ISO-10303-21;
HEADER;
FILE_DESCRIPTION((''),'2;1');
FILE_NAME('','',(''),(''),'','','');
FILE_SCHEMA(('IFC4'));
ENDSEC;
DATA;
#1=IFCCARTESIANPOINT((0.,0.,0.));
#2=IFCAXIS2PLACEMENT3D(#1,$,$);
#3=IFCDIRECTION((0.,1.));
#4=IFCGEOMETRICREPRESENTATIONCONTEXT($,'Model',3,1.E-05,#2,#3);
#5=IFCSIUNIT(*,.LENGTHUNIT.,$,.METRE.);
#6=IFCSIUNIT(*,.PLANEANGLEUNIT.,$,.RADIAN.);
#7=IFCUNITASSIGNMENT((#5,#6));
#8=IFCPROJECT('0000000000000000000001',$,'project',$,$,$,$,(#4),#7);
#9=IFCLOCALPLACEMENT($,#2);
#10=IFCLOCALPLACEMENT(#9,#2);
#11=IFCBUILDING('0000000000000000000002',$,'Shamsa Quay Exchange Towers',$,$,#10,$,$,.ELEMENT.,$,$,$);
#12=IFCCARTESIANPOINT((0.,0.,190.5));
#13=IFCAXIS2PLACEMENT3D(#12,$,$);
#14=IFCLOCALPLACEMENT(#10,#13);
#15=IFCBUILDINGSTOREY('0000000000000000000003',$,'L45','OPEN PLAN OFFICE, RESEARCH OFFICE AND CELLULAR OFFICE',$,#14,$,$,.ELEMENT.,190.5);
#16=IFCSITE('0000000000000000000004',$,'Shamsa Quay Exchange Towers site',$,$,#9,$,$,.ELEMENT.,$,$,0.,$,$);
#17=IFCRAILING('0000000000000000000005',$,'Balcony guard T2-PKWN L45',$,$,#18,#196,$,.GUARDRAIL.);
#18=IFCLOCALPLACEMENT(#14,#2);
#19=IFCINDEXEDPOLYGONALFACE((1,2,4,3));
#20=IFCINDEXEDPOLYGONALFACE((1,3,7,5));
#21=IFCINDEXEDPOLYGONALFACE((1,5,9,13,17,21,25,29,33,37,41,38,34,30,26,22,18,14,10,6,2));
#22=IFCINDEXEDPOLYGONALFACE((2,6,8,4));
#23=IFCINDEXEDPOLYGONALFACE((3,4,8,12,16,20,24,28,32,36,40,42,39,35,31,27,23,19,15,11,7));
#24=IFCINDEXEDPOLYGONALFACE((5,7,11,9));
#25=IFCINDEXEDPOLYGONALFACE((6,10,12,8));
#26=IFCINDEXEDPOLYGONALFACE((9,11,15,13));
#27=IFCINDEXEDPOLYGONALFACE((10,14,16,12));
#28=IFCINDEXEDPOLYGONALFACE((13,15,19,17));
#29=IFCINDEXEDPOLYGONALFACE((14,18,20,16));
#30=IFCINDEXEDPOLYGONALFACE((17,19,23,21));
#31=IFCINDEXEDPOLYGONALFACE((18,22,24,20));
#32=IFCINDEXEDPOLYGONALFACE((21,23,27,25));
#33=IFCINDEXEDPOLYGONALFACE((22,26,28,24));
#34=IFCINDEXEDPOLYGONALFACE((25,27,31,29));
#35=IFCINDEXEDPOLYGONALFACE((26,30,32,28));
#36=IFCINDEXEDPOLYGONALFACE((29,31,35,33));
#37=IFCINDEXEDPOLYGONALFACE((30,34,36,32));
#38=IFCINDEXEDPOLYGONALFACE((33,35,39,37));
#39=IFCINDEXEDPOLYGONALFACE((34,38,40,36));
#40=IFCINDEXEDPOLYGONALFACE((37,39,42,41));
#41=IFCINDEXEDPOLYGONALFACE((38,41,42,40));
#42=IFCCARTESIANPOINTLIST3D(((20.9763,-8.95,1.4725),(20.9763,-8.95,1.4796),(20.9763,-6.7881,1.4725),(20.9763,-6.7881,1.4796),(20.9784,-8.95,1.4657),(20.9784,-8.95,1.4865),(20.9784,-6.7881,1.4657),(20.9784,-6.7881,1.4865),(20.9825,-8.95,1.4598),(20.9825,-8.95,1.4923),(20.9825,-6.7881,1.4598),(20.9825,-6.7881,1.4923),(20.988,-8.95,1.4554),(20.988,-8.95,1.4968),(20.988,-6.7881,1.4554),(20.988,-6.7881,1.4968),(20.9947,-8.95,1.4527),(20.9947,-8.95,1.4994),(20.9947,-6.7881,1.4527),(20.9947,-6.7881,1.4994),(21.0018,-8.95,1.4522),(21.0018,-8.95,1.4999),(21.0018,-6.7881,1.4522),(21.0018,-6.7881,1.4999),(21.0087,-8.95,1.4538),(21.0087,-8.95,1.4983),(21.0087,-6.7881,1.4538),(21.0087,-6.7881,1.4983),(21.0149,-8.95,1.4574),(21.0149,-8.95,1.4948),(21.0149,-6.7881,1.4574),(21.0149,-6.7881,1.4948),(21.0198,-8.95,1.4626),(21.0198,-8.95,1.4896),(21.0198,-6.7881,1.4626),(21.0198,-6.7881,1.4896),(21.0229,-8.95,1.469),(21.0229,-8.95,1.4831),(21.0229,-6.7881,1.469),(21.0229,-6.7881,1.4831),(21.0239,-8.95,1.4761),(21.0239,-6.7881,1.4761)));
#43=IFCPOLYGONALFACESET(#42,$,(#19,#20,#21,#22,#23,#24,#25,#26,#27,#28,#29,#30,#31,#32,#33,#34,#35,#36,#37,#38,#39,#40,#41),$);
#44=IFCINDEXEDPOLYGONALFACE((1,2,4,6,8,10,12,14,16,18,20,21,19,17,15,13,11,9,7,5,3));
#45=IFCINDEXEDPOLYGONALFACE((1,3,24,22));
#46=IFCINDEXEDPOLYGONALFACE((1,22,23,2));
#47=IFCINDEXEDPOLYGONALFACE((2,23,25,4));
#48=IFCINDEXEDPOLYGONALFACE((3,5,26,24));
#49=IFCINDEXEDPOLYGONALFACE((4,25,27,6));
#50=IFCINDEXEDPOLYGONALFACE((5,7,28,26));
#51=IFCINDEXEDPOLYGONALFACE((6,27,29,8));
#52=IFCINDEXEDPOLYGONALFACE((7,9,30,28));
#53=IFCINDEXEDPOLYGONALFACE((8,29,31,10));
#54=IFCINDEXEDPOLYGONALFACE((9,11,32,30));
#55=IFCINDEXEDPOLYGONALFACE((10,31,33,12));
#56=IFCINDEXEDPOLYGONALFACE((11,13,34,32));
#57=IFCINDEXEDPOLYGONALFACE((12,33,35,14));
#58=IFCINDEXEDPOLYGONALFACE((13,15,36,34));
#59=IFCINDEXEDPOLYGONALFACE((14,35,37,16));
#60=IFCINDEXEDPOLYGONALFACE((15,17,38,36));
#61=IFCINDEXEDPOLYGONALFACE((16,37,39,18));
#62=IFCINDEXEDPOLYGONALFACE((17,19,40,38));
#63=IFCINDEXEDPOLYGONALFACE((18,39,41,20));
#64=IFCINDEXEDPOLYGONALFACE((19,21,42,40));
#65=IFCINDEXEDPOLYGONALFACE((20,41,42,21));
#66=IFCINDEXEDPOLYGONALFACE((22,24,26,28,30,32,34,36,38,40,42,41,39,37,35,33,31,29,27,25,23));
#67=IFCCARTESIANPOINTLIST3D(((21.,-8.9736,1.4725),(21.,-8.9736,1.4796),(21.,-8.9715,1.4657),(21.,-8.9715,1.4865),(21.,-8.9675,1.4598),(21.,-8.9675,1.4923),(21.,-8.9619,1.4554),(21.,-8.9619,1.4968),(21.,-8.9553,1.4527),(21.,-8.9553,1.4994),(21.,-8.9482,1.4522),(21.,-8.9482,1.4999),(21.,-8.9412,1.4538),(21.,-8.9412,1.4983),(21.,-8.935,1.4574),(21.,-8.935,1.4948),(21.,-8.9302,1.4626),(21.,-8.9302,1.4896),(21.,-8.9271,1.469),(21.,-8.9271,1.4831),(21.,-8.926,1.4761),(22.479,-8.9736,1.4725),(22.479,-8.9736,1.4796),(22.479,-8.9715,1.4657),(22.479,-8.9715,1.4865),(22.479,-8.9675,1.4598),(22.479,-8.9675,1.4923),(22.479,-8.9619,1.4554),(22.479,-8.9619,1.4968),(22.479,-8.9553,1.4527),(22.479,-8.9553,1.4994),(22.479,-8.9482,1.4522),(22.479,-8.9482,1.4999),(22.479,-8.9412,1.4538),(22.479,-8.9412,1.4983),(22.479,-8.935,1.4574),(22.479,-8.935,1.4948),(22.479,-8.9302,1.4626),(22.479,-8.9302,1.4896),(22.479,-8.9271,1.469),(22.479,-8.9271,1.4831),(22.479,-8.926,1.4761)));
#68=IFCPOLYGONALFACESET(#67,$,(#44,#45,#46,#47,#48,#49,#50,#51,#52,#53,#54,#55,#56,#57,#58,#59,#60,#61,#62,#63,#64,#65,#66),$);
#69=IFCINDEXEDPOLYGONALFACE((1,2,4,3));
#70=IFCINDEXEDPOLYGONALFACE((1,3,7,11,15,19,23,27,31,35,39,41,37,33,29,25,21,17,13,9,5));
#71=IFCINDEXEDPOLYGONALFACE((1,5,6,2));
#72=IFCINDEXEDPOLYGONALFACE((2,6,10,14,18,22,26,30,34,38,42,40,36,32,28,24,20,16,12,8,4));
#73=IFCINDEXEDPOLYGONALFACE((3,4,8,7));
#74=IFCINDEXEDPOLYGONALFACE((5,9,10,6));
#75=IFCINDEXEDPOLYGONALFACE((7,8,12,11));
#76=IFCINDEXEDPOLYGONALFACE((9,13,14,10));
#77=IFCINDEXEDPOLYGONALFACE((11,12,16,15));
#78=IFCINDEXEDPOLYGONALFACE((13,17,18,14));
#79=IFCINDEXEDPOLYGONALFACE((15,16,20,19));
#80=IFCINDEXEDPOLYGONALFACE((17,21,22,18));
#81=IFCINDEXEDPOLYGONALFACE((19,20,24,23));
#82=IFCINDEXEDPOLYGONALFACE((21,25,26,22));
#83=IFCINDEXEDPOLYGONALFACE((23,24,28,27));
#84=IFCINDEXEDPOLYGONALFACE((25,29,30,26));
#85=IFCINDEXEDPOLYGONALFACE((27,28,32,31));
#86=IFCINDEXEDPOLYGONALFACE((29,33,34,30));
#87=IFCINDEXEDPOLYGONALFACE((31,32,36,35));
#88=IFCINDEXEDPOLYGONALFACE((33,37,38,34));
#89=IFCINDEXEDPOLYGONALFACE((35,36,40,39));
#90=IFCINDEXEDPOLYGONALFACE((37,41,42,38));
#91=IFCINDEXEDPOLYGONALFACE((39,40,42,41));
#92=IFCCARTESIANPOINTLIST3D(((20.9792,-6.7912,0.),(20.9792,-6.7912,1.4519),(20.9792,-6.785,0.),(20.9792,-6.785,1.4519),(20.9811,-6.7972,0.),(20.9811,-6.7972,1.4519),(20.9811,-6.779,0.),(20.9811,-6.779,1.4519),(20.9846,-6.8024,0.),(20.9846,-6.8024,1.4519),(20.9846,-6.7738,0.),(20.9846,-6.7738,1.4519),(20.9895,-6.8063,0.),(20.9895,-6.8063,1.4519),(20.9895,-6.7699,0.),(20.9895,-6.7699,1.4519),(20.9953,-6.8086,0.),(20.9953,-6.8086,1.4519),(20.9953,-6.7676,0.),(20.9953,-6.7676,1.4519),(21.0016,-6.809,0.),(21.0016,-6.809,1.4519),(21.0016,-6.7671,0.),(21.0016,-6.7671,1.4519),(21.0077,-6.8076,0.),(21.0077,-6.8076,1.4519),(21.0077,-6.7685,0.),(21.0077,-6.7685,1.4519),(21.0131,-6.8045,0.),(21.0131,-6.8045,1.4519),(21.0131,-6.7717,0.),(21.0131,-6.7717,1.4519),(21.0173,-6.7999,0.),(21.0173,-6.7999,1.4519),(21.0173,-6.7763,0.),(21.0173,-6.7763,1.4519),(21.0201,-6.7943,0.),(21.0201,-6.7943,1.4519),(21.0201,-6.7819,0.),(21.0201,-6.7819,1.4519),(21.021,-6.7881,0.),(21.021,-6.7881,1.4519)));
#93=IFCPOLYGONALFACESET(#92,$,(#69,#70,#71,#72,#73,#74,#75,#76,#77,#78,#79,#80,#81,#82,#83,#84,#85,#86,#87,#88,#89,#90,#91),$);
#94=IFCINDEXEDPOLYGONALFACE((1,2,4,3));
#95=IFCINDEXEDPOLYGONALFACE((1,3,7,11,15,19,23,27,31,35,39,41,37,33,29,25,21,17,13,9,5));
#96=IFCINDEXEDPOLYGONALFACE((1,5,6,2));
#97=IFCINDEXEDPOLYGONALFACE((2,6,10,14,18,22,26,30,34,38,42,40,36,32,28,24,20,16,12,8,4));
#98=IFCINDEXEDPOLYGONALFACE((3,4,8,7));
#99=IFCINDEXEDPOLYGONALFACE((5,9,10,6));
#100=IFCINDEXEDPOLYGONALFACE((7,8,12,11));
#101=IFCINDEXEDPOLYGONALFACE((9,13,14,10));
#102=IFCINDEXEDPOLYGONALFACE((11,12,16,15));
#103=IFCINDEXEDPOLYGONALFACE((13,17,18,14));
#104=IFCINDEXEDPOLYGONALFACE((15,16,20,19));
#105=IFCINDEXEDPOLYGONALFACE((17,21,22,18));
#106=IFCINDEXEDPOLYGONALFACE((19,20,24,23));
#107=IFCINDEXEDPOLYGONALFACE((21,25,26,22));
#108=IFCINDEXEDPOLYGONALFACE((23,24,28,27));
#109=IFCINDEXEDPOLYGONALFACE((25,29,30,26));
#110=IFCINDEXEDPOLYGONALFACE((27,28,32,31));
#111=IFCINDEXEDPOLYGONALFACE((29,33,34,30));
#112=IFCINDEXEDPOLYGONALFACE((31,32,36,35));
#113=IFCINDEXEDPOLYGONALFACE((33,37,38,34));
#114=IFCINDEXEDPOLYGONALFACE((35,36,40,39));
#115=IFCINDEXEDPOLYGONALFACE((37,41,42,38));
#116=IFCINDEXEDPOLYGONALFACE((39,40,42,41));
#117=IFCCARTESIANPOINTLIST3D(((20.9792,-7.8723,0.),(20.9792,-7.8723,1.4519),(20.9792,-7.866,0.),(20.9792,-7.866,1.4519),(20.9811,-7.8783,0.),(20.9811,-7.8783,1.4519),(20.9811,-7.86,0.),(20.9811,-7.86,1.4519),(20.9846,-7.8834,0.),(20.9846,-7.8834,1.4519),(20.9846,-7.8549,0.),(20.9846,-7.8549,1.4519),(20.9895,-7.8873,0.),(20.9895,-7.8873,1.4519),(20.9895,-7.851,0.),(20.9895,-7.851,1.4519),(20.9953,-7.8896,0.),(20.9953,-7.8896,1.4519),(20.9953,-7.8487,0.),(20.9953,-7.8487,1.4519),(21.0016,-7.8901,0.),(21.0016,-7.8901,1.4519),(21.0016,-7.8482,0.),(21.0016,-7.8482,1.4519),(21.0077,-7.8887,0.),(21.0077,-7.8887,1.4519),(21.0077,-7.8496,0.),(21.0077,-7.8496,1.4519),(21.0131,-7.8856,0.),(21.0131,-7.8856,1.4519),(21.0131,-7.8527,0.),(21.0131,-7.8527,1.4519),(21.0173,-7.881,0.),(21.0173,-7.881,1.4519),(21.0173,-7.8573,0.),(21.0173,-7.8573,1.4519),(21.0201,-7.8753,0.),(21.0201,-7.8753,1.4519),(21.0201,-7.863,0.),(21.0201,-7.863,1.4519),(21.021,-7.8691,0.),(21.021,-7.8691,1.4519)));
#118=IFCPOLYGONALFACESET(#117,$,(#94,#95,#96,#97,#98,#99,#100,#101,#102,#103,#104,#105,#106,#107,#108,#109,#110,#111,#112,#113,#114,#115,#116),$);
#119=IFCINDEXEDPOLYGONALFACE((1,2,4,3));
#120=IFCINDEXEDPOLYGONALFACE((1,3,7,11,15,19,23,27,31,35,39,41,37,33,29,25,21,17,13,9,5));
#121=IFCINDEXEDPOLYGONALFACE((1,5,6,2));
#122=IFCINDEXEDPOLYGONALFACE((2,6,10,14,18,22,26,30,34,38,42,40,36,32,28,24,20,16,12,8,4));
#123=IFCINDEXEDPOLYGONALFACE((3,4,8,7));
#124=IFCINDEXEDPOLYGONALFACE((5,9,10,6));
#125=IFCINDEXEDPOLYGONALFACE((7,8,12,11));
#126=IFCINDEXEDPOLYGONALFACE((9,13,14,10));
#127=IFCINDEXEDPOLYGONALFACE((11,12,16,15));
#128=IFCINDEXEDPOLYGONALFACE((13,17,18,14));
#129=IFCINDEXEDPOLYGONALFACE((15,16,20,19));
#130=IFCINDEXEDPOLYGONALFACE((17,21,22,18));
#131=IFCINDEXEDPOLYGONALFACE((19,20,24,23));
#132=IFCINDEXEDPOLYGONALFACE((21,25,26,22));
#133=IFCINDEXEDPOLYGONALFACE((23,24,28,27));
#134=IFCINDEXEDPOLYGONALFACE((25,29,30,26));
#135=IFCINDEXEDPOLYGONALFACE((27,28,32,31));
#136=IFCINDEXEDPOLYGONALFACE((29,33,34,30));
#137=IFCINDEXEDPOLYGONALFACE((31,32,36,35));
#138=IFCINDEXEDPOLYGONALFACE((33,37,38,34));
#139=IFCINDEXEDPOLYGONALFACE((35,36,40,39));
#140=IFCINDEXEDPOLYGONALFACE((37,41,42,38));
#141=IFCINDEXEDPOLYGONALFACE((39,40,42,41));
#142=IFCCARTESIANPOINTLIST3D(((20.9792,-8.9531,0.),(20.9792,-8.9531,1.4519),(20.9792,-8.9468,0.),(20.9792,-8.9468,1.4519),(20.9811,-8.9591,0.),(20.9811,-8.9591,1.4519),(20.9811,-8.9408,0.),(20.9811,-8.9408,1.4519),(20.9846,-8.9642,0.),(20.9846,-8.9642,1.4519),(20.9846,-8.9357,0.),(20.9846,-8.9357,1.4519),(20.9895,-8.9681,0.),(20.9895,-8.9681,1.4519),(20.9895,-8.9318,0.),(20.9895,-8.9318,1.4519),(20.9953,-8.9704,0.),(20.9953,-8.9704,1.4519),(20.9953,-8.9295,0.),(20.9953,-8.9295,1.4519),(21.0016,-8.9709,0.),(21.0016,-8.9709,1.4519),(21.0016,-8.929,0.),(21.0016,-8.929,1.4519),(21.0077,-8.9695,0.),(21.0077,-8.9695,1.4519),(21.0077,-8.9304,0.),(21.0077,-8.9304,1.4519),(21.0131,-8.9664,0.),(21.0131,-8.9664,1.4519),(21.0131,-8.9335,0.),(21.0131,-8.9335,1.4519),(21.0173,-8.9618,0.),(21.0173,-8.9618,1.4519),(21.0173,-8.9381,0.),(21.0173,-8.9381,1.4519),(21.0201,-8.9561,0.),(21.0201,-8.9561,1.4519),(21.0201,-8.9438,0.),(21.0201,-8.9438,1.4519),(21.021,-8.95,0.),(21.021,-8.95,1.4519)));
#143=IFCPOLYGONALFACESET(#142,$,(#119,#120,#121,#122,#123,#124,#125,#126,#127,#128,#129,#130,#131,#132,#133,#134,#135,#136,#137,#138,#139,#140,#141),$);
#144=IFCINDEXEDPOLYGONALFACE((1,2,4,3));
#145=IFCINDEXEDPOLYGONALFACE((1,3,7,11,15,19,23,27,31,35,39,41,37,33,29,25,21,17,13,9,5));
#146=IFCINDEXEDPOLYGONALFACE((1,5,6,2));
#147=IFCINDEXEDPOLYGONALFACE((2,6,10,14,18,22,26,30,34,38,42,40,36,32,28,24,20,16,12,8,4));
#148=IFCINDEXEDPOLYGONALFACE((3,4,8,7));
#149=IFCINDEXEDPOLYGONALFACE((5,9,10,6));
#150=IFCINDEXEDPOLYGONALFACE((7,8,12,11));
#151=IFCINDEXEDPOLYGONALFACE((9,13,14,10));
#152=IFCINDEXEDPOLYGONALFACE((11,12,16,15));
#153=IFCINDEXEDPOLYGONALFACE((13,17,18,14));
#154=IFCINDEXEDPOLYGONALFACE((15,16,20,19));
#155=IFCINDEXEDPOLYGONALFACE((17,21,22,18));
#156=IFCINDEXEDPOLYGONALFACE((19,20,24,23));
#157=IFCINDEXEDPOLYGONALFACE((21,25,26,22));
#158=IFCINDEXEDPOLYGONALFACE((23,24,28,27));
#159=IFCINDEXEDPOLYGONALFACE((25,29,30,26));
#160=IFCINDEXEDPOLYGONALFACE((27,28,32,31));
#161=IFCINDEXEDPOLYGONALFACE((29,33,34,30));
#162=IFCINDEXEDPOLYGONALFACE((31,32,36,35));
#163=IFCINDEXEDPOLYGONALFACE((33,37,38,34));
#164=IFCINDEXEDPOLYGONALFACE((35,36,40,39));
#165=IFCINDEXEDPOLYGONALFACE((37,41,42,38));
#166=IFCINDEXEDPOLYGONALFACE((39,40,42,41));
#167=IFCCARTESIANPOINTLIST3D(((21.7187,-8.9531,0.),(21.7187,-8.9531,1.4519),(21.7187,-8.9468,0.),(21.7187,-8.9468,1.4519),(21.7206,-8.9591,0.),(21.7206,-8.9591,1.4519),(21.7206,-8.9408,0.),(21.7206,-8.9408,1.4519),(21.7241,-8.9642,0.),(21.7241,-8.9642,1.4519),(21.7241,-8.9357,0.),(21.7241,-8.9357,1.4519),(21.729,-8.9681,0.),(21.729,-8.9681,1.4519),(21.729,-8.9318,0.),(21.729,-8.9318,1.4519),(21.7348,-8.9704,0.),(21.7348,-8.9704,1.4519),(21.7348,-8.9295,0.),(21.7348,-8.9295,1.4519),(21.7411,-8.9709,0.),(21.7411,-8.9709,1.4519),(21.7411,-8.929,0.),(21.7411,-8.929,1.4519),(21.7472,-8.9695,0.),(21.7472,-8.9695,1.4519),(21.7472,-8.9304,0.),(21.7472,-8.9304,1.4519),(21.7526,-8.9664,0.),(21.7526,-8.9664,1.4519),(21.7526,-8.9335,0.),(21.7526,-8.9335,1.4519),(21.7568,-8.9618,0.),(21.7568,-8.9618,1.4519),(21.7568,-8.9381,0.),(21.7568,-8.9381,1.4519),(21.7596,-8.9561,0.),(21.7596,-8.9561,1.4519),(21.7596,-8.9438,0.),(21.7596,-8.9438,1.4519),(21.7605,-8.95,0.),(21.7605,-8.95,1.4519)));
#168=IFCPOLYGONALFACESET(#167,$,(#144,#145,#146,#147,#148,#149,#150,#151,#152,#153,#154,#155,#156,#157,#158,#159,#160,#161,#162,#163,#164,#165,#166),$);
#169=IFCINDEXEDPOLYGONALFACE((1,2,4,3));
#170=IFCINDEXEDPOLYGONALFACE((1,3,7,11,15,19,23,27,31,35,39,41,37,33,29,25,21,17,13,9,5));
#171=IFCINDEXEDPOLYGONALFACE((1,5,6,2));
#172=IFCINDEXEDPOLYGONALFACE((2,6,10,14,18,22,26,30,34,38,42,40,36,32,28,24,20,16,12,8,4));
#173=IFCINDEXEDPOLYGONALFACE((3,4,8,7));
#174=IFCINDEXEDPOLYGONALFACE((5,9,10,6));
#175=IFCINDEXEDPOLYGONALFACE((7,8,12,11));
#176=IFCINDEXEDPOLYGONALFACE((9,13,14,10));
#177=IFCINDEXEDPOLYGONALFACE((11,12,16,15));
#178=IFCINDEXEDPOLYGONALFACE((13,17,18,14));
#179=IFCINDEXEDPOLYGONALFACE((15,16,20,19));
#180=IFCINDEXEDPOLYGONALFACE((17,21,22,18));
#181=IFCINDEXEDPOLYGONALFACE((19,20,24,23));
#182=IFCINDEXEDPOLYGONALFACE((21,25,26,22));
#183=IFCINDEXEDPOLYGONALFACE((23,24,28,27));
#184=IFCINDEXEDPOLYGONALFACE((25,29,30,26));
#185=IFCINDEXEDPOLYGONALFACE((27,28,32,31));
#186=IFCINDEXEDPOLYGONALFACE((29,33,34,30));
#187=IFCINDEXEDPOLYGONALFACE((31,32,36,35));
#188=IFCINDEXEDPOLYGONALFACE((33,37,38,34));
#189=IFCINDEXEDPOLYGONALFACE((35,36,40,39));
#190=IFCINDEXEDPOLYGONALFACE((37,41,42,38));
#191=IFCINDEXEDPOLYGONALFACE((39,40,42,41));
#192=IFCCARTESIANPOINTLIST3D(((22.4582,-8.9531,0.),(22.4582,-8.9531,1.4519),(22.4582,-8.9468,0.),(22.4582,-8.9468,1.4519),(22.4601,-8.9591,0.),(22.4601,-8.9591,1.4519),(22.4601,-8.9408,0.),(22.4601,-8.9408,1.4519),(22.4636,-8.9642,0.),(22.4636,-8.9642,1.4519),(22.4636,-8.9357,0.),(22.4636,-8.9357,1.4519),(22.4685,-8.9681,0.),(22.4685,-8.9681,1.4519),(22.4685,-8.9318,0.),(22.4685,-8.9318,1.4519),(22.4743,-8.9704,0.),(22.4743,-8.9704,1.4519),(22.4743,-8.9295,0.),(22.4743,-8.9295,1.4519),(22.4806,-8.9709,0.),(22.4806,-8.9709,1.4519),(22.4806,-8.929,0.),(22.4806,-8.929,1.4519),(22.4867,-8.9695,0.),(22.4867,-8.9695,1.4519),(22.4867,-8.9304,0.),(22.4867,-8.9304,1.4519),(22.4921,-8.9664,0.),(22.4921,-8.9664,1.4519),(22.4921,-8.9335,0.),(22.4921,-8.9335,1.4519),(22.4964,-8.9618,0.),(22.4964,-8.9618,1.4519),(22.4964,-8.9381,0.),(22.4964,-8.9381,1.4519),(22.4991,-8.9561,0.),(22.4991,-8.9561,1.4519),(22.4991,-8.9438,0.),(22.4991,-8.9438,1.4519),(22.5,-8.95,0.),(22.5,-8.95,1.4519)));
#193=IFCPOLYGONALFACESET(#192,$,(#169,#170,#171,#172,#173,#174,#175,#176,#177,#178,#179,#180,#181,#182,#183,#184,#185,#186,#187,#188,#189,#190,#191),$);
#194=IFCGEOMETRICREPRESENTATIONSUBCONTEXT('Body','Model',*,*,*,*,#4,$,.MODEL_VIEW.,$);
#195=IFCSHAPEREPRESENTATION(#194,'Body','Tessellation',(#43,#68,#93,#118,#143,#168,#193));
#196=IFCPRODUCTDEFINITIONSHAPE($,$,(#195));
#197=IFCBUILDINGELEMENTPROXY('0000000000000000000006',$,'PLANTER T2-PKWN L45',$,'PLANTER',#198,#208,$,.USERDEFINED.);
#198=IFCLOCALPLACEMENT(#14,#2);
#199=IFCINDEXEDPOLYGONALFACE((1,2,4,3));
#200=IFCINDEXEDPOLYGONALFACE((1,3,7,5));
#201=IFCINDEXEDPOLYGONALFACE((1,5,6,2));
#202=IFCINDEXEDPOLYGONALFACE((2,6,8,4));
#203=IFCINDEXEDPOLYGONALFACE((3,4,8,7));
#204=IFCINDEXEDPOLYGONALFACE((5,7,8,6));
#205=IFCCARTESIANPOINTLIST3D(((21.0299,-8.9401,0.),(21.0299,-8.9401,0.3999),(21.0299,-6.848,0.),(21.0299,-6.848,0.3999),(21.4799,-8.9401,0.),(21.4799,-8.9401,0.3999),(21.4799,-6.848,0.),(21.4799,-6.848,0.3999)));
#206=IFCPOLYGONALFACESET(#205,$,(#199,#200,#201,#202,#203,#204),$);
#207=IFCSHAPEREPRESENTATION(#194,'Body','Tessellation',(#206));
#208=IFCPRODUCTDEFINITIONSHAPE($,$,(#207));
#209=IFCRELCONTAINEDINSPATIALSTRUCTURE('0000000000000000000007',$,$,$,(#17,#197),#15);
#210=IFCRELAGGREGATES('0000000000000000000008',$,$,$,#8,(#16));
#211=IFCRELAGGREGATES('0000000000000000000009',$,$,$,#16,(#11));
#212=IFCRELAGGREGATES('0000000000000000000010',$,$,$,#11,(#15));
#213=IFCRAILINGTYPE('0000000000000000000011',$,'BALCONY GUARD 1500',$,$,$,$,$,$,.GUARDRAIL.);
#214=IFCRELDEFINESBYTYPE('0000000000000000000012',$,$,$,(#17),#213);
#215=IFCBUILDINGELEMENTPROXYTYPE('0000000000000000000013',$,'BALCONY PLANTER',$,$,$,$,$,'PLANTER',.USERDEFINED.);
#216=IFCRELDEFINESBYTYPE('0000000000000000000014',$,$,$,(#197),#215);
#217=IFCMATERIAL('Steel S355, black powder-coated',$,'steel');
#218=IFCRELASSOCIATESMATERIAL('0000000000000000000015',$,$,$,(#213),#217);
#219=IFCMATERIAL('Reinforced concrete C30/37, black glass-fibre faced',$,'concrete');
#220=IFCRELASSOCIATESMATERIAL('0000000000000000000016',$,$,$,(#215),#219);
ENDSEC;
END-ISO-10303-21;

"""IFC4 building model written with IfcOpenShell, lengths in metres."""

from ifc_helpers import new_model, si_unit, direction, frame, origin, origin_2d, place, context, subcontext, project, spatial, rectangle, circle, extrude, material, type_object, element, save


model = new_model("IFC4")

# Units and contexts
model_context = context("Model", 3, precision=1e-05, world=origin(), true_north=direction((0.0, 1.0)))
body_context = subcontext(model_context, "Body", "Model", "MODEL_VIEW")
ifc_project = project(units=[si_unit("LENGTHUNIT", "METRE"), si_unit("PLANEANGLEUNIT", "RADIAN")], contexts=[model_context])

# Site, building, storey
site_placement = place(None, origin())
site = spatial("IfcSite", under=ifc_project, at=site_placement, Name="Shamsa Quay Exchange Towers site", CompositionType="ELEMENT", RefElevation=0.0)
building_placement = place(site_placement, origin())
building = spatial("IfcBuilding", under=site, at=building_placement, Name="Shamsa Quay Exchange Towers", CompositionType="ELEMENT")
storey_placement = place(building_placement, frame((0.0, 0.0, 190.5)))
storey = spatial("IfcBuildingStorey", under=building, at=storey_placement, Name="L45", Description="OPEN PLAN OFFICE, RESEARCH OFFICE AND CELLULAR OFFICE", CompositionType="ELEMENT", Elevation=190.5)

# Railing
ifc_material_1 = material(Name="Steel S355, black powder-coated", Category="steel")
railing_type_1 = type_object("IfcRailingType", Name="BALCONY GUARD 1500", PredefinedType="GUARDRAIL", material=ifc_material_1)
railing_1_placement = place(storey_placement, frame((21.0, -6.7881, 0.0)))
element("IfcRailing", 1, at=railing_1_placement, inside=storey, type_object=railing_type_1, Name="Balcony guard T2-PKWN L45", PredefinedType="GUARDRAIL", context=body_context, shape_type="SweptSolid", body=[
    extrude(circle(Radius=0.0239, at=origin_2d()), frame((0.0, 0.0, 1.4761), z_axis=(0.0, -1.0, 0.0), x_axis=(1.0, 0.0, 0.0)), (0.0, 0.0, 1.0), 2.1619),
    extrude(circle(Radius=0.0239, at=origin_2d()), frame((0.0, -2.1619, 1.4761), z_axis=(1.0, 0.0, 0.0), x_axis=(0.0, 1.0, 0.0)), (0.0, 0.0, 1.0), 1.479),
    extrude(circle(Radius=0.021, at=origin_2d()), origin(), (0.0, 0.0, 1.0), 1.4519),
    extrude(circle(Radius=0.021, at=origin_2d()), frame((0.0, -1.0811, 0.0)), (0.0, 0.0, 1.0), 1.4519),
    extrude(circle(Radius=0.021, at=origin_2d()), frame((0.0, -2.1619, 0.0)), (0.0, 0.0, 1.0), 1.4519),
    extrude(circle(Radius=0.021, at=origin_2d()), frame((0.7395, -2.1619, 0.0)), (0.0, 0.0, 1.0), 1.4519),
    extrude(circle(Radius=0.021, at=origin_2d()), frame((1.479, -2.1619, 0.0)), (0.0, 0.0, 1.0), 1.4519),
])

# Building element proxy
ifc_material_2 = material(Name="Reinforced concrete C30/37, black glass-fibre faced", Category="concrete")
building_element_proxy_type = type_object("IfcBuildingElementProxyType", Name="BALCONY PLANTER", ElementType="PLANTER", PredefinedType="USERDEFINED", material=ifc_material_2)
proxy_placement = place(storey_placement, frame((21.2549, -7.894, 0.0), z_axis=(0.0, 0.0, 1.0), x_axis=(0.0, -1.0, 0.0)))
element("IfcBuildingElementProxy", 2, at=proxy_placement, inside=storey, type_object=building_element_proxy_type, Name="PLANTER T2-PKWN L45", ObjectType="PLANTER", PredefinedType="USERDEFINED", context=body_context, shape_type="SweptSolid", body=[
    extrude(rectangle(XDim=2.092, YDim=0.45, at=origin_2d()), origin(), (0.0, 0.0, 1.0), 0.3999),
])

save(model, "model.ifc")
